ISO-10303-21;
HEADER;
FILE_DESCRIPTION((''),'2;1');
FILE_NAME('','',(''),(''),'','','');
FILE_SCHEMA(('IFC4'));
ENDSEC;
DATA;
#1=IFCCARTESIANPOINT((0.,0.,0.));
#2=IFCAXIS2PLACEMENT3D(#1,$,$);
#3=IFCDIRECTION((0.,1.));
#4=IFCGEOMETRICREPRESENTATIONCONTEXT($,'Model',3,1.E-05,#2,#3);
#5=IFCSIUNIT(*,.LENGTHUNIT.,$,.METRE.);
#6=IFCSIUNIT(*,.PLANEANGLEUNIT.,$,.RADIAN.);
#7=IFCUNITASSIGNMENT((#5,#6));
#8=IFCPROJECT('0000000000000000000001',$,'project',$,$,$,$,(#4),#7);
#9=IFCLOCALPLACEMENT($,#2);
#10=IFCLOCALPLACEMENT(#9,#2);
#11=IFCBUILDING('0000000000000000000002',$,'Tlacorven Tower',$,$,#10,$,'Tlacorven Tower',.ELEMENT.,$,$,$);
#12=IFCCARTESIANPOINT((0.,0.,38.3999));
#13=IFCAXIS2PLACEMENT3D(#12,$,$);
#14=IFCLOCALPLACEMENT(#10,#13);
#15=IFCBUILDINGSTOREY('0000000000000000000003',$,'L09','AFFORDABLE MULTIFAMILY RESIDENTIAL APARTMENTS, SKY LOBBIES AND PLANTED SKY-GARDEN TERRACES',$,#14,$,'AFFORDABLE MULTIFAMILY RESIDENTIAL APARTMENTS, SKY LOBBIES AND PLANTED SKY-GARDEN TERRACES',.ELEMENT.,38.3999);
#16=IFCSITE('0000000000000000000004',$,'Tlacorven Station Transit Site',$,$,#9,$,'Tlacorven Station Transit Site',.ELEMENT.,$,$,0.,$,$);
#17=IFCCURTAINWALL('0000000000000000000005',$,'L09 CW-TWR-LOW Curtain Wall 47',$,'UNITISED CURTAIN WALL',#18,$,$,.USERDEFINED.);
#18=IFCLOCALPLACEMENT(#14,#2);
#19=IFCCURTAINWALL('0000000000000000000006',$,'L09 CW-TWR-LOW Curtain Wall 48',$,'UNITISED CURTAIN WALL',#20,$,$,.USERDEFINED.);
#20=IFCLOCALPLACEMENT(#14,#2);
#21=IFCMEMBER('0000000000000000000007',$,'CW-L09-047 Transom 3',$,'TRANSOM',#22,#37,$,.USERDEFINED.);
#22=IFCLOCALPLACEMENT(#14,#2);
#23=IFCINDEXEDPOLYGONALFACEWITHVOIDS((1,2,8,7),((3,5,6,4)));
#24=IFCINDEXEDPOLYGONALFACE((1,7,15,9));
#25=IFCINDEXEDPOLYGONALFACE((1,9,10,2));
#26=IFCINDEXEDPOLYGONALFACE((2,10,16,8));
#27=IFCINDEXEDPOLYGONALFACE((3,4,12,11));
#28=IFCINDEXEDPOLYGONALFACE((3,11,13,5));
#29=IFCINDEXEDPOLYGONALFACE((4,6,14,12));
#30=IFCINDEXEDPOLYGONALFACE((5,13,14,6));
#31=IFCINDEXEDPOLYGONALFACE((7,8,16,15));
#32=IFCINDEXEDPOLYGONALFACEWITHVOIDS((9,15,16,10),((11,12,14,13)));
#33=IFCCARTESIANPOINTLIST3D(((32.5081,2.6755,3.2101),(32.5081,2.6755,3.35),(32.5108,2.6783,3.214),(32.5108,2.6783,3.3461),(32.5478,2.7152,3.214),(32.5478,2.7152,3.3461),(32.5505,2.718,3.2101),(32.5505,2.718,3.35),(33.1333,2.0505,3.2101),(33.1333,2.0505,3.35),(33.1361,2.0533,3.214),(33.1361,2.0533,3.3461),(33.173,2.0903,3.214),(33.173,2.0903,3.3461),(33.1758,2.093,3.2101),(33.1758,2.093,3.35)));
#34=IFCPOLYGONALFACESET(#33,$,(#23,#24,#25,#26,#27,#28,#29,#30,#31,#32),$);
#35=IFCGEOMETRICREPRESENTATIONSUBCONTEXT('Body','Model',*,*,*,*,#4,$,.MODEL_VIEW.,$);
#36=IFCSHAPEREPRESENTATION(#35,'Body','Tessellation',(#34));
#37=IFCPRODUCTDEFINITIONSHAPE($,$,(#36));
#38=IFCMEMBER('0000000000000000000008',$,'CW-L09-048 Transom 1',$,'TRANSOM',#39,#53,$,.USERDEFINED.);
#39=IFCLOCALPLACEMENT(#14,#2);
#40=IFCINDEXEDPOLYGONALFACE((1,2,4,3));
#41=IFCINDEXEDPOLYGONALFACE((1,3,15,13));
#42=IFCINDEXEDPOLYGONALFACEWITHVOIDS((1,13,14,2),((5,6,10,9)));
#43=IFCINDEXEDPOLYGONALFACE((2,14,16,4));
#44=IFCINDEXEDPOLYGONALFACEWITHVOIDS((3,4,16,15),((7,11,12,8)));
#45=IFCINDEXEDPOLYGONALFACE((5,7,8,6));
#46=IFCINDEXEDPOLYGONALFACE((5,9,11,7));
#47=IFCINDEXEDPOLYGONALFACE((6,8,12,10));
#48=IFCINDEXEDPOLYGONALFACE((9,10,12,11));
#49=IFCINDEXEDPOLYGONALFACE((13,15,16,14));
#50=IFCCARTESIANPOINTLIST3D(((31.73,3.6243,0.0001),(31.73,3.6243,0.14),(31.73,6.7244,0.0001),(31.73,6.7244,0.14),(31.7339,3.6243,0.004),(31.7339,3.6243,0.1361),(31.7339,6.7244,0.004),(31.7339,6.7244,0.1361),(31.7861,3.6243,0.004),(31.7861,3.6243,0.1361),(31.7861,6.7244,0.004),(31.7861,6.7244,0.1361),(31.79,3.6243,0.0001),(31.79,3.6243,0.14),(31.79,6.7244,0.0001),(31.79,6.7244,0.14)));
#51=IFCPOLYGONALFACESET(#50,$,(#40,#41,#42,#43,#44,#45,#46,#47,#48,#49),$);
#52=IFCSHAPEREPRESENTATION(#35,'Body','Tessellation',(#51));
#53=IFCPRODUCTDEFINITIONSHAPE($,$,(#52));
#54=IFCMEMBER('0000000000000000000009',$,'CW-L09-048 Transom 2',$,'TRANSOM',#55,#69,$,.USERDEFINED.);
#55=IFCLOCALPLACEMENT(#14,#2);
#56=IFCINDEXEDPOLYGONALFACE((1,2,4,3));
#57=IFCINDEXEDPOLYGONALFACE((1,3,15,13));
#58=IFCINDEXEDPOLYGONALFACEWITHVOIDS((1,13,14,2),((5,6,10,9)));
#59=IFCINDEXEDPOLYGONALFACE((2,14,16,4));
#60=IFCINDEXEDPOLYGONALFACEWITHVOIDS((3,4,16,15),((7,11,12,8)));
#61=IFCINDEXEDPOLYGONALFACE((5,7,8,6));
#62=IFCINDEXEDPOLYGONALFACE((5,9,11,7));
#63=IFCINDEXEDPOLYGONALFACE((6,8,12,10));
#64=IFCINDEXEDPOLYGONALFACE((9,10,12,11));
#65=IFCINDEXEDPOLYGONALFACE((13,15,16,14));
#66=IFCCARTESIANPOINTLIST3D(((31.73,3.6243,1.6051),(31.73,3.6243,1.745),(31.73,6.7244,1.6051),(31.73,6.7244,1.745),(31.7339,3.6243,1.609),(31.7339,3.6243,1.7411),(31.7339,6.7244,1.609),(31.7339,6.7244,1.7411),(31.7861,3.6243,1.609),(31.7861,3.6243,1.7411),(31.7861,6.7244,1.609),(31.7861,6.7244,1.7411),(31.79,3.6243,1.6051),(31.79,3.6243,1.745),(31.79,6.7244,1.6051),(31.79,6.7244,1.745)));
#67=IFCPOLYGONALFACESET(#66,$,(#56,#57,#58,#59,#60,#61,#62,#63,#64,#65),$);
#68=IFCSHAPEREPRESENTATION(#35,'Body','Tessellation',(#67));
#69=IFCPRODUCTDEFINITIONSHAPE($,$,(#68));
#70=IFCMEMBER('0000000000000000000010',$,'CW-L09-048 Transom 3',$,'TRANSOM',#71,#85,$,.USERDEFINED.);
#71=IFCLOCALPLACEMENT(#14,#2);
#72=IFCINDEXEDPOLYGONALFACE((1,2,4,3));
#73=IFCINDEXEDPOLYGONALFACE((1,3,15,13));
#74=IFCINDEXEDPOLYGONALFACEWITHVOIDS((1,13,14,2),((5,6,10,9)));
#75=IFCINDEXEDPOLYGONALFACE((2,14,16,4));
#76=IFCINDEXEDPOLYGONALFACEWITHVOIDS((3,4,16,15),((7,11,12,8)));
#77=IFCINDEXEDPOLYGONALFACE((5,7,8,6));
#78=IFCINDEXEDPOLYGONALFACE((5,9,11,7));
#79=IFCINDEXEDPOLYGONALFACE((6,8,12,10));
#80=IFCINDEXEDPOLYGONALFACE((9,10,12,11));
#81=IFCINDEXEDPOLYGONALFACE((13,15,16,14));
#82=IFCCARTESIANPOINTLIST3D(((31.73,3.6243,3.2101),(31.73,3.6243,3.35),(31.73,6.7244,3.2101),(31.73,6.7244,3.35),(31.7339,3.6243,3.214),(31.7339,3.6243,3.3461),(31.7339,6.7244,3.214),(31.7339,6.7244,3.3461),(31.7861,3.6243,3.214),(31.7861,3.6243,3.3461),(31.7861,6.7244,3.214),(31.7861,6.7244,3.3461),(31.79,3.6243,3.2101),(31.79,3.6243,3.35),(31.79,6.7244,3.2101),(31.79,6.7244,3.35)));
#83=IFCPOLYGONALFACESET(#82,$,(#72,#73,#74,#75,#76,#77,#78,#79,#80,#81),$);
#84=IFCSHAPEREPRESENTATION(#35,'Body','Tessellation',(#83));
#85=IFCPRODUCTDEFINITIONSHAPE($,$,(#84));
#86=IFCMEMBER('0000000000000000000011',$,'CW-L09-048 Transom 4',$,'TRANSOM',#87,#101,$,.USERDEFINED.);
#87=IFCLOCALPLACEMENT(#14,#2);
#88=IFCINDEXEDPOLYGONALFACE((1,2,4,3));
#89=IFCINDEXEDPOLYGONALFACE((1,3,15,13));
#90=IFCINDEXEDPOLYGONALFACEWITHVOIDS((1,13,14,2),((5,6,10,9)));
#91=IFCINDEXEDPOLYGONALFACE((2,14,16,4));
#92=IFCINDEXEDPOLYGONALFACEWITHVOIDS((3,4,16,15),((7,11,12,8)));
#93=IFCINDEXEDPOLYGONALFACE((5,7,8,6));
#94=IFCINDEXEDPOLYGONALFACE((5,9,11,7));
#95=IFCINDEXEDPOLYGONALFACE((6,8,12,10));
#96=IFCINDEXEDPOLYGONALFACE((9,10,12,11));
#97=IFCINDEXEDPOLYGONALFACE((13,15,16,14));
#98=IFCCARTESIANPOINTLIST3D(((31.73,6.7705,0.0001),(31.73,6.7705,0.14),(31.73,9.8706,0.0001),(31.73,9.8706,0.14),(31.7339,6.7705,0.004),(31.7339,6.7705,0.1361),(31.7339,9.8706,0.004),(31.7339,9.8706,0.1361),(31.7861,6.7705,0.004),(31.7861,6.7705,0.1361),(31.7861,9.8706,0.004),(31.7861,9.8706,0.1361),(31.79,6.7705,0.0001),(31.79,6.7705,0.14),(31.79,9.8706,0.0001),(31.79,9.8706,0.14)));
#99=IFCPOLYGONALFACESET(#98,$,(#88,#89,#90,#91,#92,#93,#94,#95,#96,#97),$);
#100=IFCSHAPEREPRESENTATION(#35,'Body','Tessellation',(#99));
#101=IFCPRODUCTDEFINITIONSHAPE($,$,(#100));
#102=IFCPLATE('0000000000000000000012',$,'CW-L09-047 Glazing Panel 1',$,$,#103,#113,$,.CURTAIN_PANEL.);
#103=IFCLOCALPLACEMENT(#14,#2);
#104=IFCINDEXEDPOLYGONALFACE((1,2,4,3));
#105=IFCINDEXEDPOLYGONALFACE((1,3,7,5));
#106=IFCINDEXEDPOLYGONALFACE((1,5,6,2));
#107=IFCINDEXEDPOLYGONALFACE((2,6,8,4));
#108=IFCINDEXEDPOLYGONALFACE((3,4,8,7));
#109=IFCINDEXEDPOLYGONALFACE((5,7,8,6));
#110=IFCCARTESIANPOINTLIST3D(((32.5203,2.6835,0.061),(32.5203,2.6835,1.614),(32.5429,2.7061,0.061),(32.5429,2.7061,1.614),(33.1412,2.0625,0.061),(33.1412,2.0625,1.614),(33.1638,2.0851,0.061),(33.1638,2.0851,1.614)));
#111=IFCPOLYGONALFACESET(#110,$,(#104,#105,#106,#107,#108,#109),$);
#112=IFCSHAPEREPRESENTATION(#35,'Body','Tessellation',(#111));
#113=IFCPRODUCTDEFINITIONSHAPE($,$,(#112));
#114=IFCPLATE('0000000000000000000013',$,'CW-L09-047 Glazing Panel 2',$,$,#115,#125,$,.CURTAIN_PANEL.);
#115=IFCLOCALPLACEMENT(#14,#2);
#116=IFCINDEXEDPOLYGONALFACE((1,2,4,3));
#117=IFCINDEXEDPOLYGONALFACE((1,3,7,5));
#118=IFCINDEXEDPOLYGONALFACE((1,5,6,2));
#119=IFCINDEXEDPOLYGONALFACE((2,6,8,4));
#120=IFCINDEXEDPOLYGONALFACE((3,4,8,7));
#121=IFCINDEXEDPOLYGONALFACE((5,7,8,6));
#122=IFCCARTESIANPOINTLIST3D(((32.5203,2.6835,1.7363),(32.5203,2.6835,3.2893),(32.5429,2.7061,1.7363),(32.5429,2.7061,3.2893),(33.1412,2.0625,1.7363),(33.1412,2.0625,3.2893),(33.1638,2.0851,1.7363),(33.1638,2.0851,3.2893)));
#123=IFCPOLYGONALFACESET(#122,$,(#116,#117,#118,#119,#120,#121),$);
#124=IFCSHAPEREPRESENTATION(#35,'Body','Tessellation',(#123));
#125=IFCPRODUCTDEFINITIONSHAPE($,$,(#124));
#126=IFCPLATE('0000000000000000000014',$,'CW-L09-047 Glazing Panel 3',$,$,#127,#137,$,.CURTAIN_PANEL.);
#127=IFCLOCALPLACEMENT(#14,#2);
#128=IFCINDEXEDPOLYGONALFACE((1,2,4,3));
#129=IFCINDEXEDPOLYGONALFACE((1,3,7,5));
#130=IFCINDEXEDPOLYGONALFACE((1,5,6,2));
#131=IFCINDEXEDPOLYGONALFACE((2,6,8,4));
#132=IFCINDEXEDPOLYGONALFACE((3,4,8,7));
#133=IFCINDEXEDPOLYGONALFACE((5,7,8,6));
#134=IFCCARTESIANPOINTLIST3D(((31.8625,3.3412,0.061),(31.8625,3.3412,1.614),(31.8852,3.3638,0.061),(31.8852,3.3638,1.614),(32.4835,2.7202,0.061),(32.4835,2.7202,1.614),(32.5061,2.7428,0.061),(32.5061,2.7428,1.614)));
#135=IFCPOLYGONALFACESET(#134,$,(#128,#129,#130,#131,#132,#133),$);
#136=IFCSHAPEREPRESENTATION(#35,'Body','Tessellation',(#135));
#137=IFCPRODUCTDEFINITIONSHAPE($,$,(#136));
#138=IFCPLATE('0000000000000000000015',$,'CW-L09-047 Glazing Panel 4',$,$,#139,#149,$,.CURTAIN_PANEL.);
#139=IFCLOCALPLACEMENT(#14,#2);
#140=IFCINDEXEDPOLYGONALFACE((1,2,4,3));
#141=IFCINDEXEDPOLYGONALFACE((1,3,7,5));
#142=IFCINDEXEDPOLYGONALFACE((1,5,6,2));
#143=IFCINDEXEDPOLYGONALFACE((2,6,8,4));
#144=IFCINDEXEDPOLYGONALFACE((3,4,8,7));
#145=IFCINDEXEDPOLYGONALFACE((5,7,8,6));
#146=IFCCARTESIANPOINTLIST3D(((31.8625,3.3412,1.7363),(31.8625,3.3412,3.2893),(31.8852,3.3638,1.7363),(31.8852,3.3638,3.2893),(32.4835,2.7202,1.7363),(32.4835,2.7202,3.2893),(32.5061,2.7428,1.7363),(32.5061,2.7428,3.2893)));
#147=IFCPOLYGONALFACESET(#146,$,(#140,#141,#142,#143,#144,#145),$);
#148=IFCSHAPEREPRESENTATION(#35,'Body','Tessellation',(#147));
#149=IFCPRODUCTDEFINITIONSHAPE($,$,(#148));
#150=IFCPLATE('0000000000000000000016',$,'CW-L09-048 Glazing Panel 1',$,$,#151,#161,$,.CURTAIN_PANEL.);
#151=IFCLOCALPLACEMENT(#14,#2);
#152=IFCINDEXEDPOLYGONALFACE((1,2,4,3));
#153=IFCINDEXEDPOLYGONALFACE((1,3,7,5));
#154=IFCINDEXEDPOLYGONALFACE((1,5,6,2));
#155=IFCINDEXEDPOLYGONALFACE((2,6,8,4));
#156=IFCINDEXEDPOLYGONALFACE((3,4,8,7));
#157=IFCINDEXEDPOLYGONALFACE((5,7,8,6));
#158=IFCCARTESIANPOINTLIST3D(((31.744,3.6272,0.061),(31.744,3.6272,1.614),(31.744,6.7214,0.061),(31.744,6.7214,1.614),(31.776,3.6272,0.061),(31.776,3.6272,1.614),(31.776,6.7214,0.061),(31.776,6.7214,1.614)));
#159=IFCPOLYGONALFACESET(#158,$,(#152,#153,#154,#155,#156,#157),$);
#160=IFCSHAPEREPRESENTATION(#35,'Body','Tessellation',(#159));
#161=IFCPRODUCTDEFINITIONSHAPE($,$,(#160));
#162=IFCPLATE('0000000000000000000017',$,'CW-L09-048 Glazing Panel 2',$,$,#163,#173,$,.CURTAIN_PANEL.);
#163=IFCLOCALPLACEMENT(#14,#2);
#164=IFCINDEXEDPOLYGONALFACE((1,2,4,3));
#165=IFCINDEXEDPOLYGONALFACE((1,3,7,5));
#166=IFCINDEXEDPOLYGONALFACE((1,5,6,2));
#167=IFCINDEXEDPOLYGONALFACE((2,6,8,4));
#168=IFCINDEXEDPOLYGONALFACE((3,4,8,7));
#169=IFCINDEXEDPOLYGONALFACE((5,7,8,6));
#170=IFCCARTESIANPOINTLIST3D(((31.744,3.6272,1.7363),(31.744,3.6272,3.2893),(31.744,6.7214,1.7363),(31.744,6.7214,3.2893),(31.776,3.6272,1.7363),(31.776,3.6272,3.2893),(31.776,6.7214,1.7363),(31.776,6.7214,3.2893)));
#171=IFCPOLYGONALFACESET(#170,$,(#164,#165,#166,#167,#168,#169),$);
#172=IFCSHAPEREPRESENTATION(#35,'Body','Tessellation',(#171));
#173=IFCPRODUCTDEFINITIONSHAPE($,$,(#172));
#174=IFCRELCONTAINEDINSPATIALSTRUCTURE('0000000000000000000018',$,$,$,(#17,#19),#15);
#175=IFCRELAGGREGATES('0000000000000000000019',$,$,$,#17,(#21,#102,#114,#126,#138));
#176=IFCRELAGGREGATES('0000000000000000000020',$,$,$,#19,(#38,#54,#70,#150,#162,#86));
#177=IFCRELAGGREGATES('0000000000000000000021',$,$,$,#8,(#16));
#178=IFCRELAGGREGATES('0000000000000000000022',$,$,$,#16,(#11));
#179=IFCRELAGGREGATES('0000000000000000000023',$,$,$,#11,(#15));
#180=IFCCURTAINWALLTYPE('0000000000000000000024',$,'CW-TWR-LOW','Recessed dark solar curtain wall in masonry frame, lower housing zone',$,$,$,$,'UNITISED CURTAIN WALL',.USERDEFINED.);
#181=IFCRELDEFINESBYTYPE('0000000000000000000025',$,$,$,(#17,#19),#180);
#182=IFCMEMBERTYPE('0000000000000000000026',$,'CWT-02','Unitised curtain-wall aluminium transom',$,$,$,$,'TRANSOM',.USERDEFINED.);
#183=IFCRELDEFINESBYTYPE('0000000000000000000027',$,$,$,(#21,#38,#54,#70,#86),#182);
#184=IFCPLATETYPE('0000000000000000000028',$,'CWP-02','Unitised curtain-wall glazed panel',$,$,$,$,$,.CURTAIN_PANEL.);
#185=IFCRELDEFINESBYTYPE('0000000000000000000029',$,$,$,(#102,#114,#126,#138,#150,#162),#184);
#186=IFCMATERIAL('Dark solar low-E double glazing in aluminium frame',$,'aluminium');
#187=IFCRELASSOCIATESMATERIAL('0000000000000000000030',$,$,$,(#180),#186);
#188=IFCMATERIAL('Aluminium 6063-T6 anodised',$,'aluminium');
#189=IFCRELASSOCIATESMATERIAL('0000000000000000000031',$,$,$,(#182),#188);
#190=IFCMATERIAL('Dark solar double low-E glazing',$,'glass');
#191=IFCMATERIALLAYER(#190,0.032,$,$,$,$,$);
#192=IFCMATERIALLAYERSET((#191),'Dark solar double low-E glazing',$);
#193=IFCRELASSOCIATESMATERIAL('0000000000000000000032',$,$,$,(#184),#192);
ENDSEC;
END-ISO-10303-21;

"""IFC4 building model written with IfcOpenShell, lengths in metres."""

from ifc_helpers import new_model, si_unit, direction, frame, origin, origin_2d, place, context, subcontext, project, spatial, rectangle, hollow_rectangle, extrude, source, transform, mapped, material, layer, layer_set, material_profile, profile_set, type_object, element, aggregate, save


model = new_model("IFC4")

# Units and contexts
model_context = context("Model", 3, precision=1e-05, world=origin(), true_north=direction((0.0, 1.0)))
body_context = subcontext(model_context, "Body", "Model", "MODEL_VIEW")
ifc_project = project(units=[si_unit("LENGTHUNIT", "METRE"), si_unit("PLANEANGLEUNIT", "RADIAN")], contexts=[model_context])

# Site, building, storey
site_placement = place(None, origin())
site = spatial("IfcSite", under=ifc_project, at=site_placement, Name="Tlacorven Station Transit Site", LongName="Tlacorven Station Transit Site", CompositionType="ELEMENT", RefElevation=0.0)
building_placement = place(site_placement, origin())
building = spatial("IfcBuilding", under=site, at=building_placement, Name="Tlacorven Tower", LongName="Tlacorven Tower", CompositionType="ELEMENT")
storey_placement = place(building_placement, frame((0.0, 0.0, 38.3999)))
storey = spatial("IfcBuildingStorey", under=building, at=storey_placement, Name="L09", Description="AFFORDABLE MULTIFAMILY RESIDENTIAL APARTMENTS, SKY LOBBIES AND PLANTED SKY-GARDEN TERRACES", LongName="AFFORDABLE MULTIFAMILY RESIDENTIAL APARTMENTS, SKY LOBBIES AND PLANTED SKY-GARDEN TERRACES", CompositionType="ELEMENT", Elevation=38.3999)

# Shared definitions
ifc_material_1 = material(Name="Dark solar low-E double glazing in aluminium frame", Category="aluminium")
curtain_wall_type = type_object("IfcCurtainWallType", Name="CW-TWR-LOW", Description="Recessed dark solar curtain wall in masonry frame, lower housing zone", ElementType="UNITISED CURTAIN WALL", PredefinedType="USERDEFINED", material=ifc_material_1)
ifc_material_2 = material(Name="Aluminium 6063-T6 anodised", Category="aluminium")

# Curtain walls
curtain_wall_1_placement = place(storey_placement, origin())
curtain_wall_1 = element("IfcCurtainWall", 1, at=curtain_wall_1_placement, inside=storey, type_object=curtain_wall_type, Name="L09 CW-TWR-LOW Curtain Wall 47", ObjectType="UNITISED CURTAIN WALL", PredefinedType="USERDEFINED")
curtain_wall_2_placement = place(storey_placement, origin())
curtain_wall_2 = element("IfcCurtainWall", 2, at=curtain_wall_2_placement, inside=storey, type_object=curtain_wall_type, Name="L09 CW-TWR-LOW Curtain Wall 48", ObjectType="UNITISED CURTAIN WALL", PredefinedType="USERDEFINED")

# Members
ifc_material_profile_1 = material_profile(ifc_material_2, hollow_rectangle(XDim=0.0601, YDim=0.1399, WallThickness=0.0039, at=origin_2d()), Name="ALU TRANSOM 60X140")
ifc_profile_set_1 = profile_set([ifc_material_profile_1], Name="Aluminium 6063-T6 anodised")
member_type_1 = type_object("IfcMemberType", Name="CWT-02", Description="Unitised curtain-wall aluminium transom", ElementType="TRANSOM", PredefinedType="USERDEFINED", material=ifc_profile_set_1)
shared_shape_1 = source(origin(), body_context, "Body", "SweptSolid", [
    extrude(hollow_rectangle(XDim=0.0601, YDim=0.1399, WallThickness=0.0039, at=origin_2d()), origin(), (0.0, 0.0, 1.0), 0.884),
])
member_1_placement = place(storey_placement, frame((33.1545, 2.0718, 3.28), z_axis=(-0.707245, 0.706969, 0.0), x_axis=(-0.706969, -0.707245, 0.0)))
member_1 = element("IfcMember", 3, at=member_1_placement, type_object=member_type_1, Name="CW-L09-047 Transom 3", ObjectType="TRANSOM", PredefinedType="USERDEFINED", context=body_context, shape_type="MappedRepresentation", body=[
    mapped(shared_shape_1, transform((0.0, 0.0, 0.0), scale=1.0)),
])
shared_shape_2 = source(origin(), body_context, "Body", "SweptSolid", [
    extrude(hollow_rectangle(XDim=0.0601, YDim=0.1399, WallThickness=0.0039, at=origin_2d()), origin(), (0.0, 0.0, 1.0), 3.1001),
])
member_2_placement = place(storey_placement, frame((31.76, 3.6243, 0.0701), z_axis=(0.0, 1.0, 0.0), x_axis=(-1.0, 0.0, 0.0)))
member_2 = element("IfcMember", 4, at=member_2_placement, type_object=member_type_1, Name="CW-L09-048 Transom 1", ObjectType="TRANSOM", PredefinedType="USERDEFINED", context=body_context, shape_type="MappedRepresentation", body=[
    mapped(shared_shape_2, transform((0.0, 0.0, 0.0), scale=1.0)),
])
member_3_placement = place(storey_placement, frame((31.76, 3.6243, 1.675), z_axis=(0.0, 1.0, 0.0), x_axis=(-1.0, 0.0, 0.0)))
member_3 = element("IfcMember", 5, at=member_3_placement, type_object=member_type_1, Name="CW-L09-048 Transom 2", ObjectType="TRANSOM", PredefinedType="USERDEFINED", context=body_context, shape_type="MappedRepresentation", body=[
    mapped(shared_shape_2, transform((0.0, 0.0, 0.0), scale=1.0)),
])
member_4_placement = place(storey_placement, frame((31.76, 3.6243, 3.28), z_axis=(0.0, 1.0, 0.0), x_axis=(-1.0, 0.0, 0.0)))
member_4 = element("IfcMember", 6, at=member_4_placement, type_object=member_type_1, Name="CW-L09-048 Transom 3", ObjectType="TRANSOM", PredefinedType="USERDEFINED", context=body_context, shape_type="MappedRepresentation", body=[
    mapped(shared_shape_2, transform((0.0, 0.0, 0.0), scale=1.0)),
])
member_5_placement = place(storey_placement, frame((31.76, 6.7705, 0.0701), z_axis=(0.0, 1.0, 0.0), x_axis=(-1.0, 0.0, 0.0)))
member_5 = element("IfcMember", 7, at=member_5_placement, type_object=member_type_1, Name="CW-L09-048 Transom 4", ObjectType="TRANSOM", PredefinedType="USERDEFINED", context=body_context, shape_type="MappedRepresentation", body=[
    mapped(shared_shape_2, transform((0.0, 0.0, 0.0), scale=1.0)),
])

# Plates
ifc_material_3 = material(Name="Dark solar double low-E glazing", Category="glass")
ifc_layer = layer(ifc_material_3, 0.032)
ifc_layer_set = layer_set([ifc_layer], Name="Dark solar double low-E glazing")
plate_type = type_object("IfcPlateType", Name="CWP-02", Description="Unitised curtain-wall glazed panel", PredefinedType="CURTAIN_PANEL", material=ifc_layer_set)
shared_shape_3 = source(origin(), body_context, "Body", "SweptSolid", [
    extrude(rectangle(XDim=0.8782, YDim=0.032, at=origin_2d()), origin(), (0.0, 0.0, 1.0), 1.553),
])
plate_1_placement = place(storey_placement, frame((32.842, 2.3843, 0.061), z_axis=(0.0, 0.0, 1.0), x_axis=(-0.707107, 0.707107, 0.0)))
plate_1 = element("IfcPlate", 8, at=plate_1_placement, type_object=plate_type, Name="CW-L09-047 Glazing Panel 1", PredefinedType="CURTAIN_PANEL", context=body_context, shape_type="MappedRepresentation", body=[
    mapped(shared_shape_3, transform((0.0, 0.0, 0.0), scale=1.0)),
])
plate_2_placement = place(storey_placement, frame((32.842, 2.3843, 1.7363), z_axis=(0.0, 0.0, 1.0), x_axis=(-0.707107, 0.707107, 0.0)))
plate_2 = element("IfcPlate", 9, at=plate_2_placement, type_object=plate_type, Name="CW-L09-047 Glazing Panel 2", PredefinedType="CURTAIN_PANEL", context=body_context, shape_type="MappedRepresentation", body=[
    mapped(shared_shape_3, transform((0.0, 0.0, 0.0), scale=1.0)),
])
plate_3_placement = place(storey_placement, frame((32.1843, 3.042, 0.061), z_axis=(0.0, 0.0, 1.0), x_axis=(-0.707107, 0.707107, 0.0)))
plate_3 = element("IfcPlate", 10, at=plate_3_placement, type_object=plate_type, Name="CW-L09-047 Glazing Panel 3", PredefinedType="CURTAIN_PANEL", context=body_context, shape_type="MappedRepresentation", body=[
    mapped(shared_shape_3, transform((0.0, 0.0, 0.0), scale=1.0)),
])
plate_4_placement = place(storey_placement, frame((32.1843, 3.042, 1.7363), z_axis=(0.0, 0.0, 1.0), x_axis=(-0.707107, 0.707107, 0.0)))
plate_4 = element("IfcPlate", 11, at=plate_4_placement, type_object=plate_type, Name="CW-L09-047 Glazing Panel 4", PredefinedType="CURTAIN_PANEL", context=body_context, shape_type="MappedRepresentation", body=[
    mapped(shared_shape_3, transform((0.0, 0.0, 0.0), scale=1.0)),
])
aggregate(curtain_wall_1, [member_1, plate_1, plate_2, plate_3, plate_4])
shared_shape_4 = source(origin(), body_context, "Body", "SweptSolid", [
    extrude(rectangle(XDim=3.0942, YDim=0.032, at=origin_2d()), origin(), (0.0, 0.0, 1.0), 1.553),
])
plate_5_placement = place(storey_placement, frame((31.76, 5.1743, 0.061), z_axis=(0.0, 0.0, 1.0), x_axis=(0.0, 1.0, 0.0)))
plate_5 = element("IfcPlate", 12, at=plate_5_placement, type_object=plate_type, Name="CW-L09-048 Glazing Panel 1", PredefinedType="CURTAIN_PANEL", context=body_context, shape_type="MappedRepresentation", body=[
    mapped(shared_shape_4, transform((0.0, 0.0, 0.0), scale=1.0)),
])
plate_6_placement = place(storey_placement, frame((31.76, 5.1743, 1.7363), z_axis=(0.0, 0.0, 1.0), x_axis=(0.0, 1.0, 0.0)))
plate_6 = element("IfcPlate", 13, at=plate_6_placement, type_object=plate_type, Name="CW-L09-048 Glazing Panel 2", PredefinedType="CURTAIN_PANEL", context=body_context, shape_type="MappedRepresentation", body=[
    mapped(shared_shape_4, transform((0.0, 0.0, 0.0), scale=1.0)),
])
aggregate(curtain_wall_2, [member_2, member_3, member_4, plate_5, plate_6, member_5])

save(model, "model.ifc")
